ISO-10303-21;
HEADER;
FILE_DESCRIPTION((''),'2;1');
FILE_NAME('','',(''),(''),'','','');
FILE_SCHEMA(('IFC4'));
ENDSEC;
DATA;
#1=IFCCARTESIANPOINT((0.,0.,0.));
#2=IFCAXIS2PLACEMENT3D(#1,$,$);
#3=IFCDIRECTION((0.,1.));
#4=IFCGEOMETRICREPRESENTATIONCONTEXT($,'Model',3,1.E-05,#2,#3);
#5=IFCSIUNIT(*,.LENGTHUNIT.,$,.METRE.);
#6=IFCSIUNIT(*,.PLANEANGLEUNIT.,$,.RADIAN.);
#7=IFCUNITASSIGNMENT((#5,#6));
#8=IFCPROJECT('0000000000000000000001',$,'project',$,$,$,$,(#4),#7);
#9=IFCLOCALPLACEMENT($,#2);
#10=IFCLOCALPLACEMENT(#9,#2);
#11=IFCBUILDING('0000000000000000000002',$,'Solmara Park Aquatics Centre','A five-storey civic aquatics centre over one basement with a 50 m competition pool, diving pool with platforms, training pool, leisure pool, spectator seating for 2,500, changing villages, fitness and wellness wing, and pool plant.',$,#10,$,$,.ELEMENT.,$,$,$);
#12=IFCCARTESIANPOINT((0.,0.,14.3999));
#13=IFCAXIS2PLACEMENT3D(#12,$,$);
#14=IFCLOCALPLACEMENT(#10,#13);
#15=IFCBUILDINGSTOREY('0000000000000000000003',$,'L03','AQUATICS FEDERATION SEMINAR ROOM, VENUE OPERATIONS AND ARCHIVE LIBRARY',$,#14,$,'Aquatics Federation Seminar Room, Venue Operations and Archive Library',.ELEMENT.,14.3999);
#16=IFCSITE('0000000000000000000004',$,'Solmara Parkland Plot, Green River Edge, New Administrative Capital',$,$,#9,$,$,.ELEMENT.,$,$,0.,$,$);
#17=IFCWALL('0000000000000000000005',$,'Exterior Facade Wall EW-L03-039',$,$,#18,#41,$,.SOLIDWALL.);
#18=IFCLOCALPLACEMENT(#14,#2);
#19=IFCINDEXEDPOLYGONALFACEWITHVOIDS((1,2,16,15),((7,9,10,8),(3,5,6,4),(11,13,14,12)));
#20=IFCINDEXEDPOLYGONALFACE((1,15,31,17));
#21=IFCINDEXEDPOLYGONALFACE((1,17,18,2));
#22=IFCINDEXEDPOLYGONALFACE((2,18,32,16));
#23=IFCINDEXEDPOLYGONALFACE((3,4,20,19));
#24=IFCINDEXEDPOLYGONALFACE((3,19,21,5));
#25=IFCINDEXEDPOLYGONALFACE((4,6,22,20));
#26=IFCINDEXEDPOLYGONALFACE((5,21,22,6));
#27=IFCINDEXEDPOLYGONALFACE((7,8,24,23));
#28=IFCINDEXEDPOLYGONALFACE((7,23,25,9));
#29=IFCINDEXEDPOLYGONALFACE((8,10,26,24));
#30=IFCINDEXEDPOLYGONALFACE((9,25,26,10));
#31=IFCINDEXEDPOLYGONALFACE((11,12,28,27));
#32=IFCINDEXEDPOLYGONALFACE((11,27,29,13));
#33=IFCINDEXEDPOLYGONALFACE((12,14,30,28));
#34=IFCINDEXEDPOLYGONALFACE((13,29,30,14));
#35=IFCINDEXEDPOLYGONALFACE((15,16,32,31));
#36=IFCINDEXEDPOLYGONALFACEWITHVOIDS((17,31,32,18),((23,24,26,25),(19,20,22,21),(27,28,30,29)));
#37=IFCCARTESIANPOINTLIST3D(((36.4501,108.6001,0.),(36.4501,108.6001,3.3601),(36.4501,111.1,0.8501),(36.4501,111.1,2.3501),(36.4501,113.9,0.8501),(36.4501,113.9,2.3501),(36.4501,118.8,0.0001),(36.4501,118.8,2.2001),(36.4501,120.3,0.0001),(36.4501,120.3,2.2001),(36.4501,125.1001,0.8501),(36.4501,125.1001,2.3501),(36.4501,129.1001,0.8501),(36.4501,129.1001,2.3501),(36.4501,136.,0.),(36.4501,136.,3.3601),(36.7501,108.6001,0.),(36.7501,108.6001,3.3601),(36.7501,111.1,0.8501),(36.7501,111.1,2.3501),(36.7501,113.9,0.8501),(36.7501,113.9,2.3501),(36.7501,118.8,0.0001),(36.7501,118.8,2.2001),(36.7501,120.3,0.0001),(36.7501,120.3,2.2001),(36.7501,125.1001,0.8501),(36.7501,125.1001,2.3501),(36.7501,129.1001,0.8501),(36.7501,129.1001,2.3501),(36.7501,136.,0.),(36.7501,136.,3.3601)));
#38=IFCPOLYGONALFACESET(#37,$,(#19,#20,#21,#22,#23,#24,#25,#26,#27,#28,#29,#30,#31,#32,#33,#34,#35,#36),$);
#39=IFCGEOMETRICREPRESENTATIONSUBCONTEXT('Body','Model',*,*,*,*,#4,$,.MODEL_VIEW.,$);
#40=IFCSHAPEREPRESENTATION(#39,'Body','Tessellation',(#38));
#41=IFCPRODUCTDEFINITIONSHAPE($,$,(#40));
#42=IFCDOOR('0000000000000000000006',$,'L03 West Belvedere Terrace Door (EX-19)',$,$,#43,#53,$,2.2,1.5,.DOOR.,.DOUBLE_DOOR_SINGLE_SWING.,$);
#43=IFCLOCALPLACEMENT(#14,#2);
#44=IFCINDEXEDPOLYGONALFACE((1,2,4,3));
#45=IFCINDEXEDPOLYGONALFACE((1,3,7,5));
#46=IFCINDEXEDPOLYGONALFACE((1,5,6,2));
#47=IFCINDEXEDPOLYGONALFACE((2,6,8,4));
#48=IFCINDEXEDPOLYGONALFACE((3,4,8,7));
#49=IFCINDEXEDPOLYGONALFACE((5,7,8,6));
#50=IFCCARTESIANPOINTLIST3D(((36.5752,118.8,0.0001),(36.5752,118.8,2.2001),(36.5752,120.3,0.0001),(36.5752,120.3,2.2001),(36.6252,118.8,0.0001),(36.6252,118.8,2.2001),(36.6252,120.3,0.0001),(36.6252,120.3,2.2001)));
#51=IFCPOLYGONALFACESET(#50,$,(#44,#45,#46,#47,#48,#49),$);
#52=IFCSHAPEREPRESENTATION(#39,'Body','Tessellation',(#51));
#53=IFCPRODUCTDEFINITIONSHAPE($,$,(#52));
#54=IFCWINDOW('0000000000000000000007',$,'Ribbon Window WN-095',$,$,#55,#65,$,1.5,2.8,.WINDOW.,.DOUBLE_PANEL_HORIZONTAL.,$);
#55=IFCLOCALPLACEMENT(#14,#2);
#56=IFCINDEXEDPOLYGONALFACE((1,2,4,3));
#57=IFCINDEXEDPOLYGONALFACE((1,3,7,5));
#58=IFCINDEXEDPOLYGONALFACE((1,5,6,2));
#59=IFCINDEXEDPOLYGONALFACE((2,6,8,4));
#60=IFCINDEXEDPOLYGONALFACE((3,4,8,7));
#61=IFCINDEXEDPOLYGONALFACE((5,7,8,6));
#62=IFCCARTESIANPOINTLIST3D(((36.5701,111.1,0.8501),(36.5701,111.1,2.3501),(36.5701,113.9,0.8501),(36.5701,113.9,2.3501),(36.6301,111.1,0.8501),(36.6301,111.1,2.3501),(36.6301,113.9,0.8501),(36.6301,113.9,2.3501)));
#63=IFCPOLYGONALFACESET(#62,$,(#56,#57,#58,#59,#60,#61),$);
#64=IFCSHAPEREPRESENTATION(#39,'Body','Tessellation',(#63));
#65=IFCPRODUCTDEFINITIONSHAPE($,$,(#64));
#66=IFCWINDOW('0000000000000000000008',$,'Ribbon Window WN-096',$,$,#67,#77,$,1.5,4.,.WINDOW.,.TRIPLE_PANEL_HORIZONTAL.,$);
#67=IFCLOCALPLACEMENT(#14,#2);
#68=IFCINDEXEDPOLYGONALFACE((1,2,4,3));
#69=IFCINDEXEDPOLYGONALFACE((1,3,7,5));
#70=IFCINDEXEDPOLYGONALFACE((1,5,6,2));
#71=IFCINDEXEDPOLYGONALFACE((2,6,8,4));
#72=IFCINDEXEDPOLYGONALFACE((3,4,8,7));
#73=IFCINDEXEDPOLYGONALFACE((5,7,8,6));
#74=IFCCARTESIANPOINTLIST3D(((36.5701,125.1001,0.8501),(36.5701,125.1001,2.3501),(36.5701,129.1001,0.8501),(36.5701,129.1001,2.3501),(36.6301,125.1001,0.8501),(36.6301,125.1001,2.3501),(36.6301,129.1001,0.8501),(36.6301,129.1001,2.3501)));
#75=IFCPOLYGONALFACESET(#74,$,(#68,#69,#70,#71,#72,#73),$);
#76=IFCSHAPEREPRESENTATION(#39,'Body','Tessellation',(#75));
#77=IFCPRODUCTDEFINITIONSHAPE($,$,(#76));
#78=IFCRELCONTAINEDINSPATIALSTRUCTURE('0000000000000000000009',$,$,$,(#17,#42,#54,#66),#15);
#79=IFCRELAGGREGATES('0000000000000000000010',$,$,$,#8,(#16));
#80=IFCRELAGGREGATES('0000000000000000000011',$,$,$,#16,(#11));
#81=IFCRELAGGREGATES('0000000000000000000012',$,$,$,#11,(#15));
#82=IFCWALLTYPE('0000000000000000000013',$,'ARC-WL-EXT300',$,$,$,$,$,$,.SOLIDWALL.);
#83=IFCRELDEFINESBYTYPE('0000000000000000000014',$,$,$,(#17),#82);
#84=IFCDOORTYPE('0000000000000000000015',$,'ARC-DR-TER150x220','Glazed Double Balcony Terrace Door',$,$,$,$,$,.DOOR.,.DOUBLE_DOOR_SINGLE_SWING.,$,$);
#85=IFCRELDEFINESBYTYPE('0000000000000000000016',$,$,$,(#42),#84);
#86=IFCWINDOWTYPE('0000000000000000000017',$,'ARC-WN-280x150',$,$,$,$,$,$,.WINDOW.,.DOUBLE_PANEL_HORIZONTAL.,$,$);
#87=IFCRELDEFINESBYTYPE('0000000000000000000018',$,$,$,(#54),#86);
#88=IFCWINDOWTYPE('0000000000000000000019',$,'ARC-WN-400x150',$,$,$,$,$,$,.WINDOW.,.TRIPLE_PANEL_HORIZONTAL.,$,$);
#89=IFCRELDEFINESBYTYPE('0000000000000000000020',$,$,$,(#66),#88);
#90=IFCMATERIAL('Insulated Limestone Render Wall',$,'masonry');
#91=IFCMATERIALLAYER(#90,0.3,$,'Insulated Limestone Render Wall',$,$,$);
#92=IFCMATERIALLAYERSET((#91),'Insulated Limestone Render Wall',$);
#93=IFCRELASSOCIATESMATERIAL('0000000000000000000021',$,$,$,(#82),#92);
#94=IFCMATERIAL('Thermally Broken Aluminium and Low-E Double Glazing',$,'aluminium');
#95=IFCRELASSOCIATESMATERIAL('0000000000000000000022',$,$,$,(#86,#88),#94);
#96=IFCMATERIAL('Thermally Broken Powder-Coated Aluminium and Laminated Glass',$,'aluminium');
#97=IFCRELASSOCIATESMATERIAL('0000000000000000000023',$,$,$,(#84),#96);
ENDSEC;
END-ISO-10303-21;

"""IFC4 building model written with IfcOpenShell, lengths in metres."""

from ifc_helpers import new_model, si_unit, direction, frame, frame_2d, origin, place, context, subcontext, project, spatial, rectangle, extrude, material, layer, layer_set, type_object, element, fill, save


model = new_model("IFC4")

# Units and contexts
model_context = context("Model", 3, precision=1e-05, world=origin(), true_north=direction((0.0, 1.0)))
body_context = subcontext(model_context, "Body", "Model", "MODEL_VIEW")
ifc_project = project(units=[si_unit("LENGTHUNIT", "METRE"), si_unit("PLANEANGLEUNIT", "RADIAN")], contexts=[model_context])

# Site, building, storey
site_placement = place(None, origin())
site = spatial("IfcSite", under=ifc_project, at=site_placement, Name="Solmara Parkland Plot, Green River Edge, New Administrative Capital", CompositionType="ELEMENT", RefElevation=0.0)
building_placement = place(site_placement, origin())
building = spatial("IfcBuilding", under=site, at=building_placement, Name="Solmara Park Aquatics Centre", Description="A five-storey civic aquatics centre over one basement with a 50 m competition pool, diving pool with platforms, training pool, leisure pool, spectator seating for 2,500, changing villages, fitness and wellness wing, and pool plant.", CompositionType="ELEMENT")
storey_placement = place(building_placement, frame((0.0, 0.0, 14.3999)))
storey = spatial("IfcBuildingStorey", under=building, at=storey_placement, Name="L03", Description="AQUATICS FEDERATION SEMINAR ROOM, VENUE OPERATIONS AND ARCHIVE LIBRARY", LongName="Aquatics Federation Seminar Room, Venue Operations and Archive Library", CompositionType="ELEMENT", Elevation=14.3999)

# Shared definitions
ifc_material_1 = material(Name="Insulated Limestone Render Wall", Category="masonry")
ifc_layer_1 = layer(ifc_material_1, 0.3, Name="Insulated Limestone Render Wall")
ifc_layer_set_1 = layer_set([ifc_layer_1], Name="Insulated Limestone Render Wall")
wall_type = type_object("IfcWallType", Name="ARC-WL-EXT300", PredefinedType="SOLIDWALL", material=ifc_layer_set_1)
ifc_material_2 = material(Name="Thermally Broken Aluminium and Low-E Double Glazing", Category="aluminium")
window_type_1 = type_object("IfcWindowType", Name="ARC-WN-280x150", PartitioningType="DOUBLE_PANEL_HORIZONTAL", PredefinedType="WINDOW", material=ifc_material_2)

# Wall, openings, door, windows
wall_1_placement = place(storey_placement, frame((36.6001, 108.6001, 0.0), z_axis=(0.0, 0.0, 1.0), x_axis=(0.0, 1.0, 0.0)))
wall_1 = element("IfcWall", 1, at=wall_1_placement, inside=storey, type_object=wall_type, Name="Exterior Facade Wall EW-L03-039", PredefinedType="SOLIDWALL", context=body_context, shape_type="SweptSolid", body=[
    extrude(rectangle(XDim=27.3999, YDim=0.3, at=frame_2d((13.7, 0.0))), origin(), (0.0, 0.0, 1.0), 3.3601),
])
opening_1_placement = place(wall_1_placement, frame((10.2, 0.0, 0.0)))
opening_1 = element("IfcOpeningElement", 2, at=opening_1_placement, cuts=wall_1, PredefinedType="OPENING", context=body_context, shape_type="SweptSolid", body=[
    extrude(rectangle(XDim=1.5, YDim=2.2, at=frame_2d((0.75, 1.1001))), frame((0.0, 0.1599, 0.0), z_axis=(0.0, -1.0, 0.0), x_axis=(1.0, 0.0, 0.0)), (0.0, 0.0, 1.0), 0.3201),
])
opening_2_placement = place(wall_1_placement, frame((2.5, 0.0, 0.8501)))
opening_2 = element("IfcOpeningElement", 3, at=opening_2_placement, cuts=wall_1, PredefinedType="OPENING", context=body_context, shape_type="SweptSolid", body=[
    extrude(rectangle(XDim=2.8, YDim=1.5, at=frame_2d((1.3999, 0.75))), frame((0.0, 0.1599, 0.0), z_axis=(0.0, -1.0, 0.0), x_axis=(1.0, 0.0, 0.0)), (0.0, 0.0, 1.0), 0.3201),
])
opening_3_placement = place(wall_1_placement, frame((16.5, 0.0, 0.8501)))
opening_3 = element("IfcOpeningElement", 4, at=opening_3_placement, cuts=wall_1, PredefinedType="OPENING", context=body_context, shape_type="SweptSolid", body=[
    extrude(rectangle(XDim=4.0, YDim=1.5, at=frame_2d((2.0, 0.75))), frame((0.0, 0.1599, 0.0), z_axis=(0.0, -1.0, 0.0), x_axis=(1.0, 0.0, 0.0)), (0.0, 0.0, 1.0), 0.3201),
])
ifc_material_3 = material(Name="Thermally Broken Powder-Coated Aluminium and Laminated Glass", Category="aluminium")
door_type = type_object("IfcDoorType", Name="ARC-DR-TER150x220", Description="Glazed Double Balcony Terrace Door", OperationType="DOUBLE_DOOR_SINGLE_SWING", PredefinedType="DOOR", material=ifc_material_3)
door_placement = place(opening_1_placement, origin())
door = element("IfcDoor", 5, at=door_placement, inside=storey, type_object=door_type, Name="L03 West Belvedere Terrace Door (EX-19)", OperationType="DOUBLE_DOOR_SINGLE_SWING", OverallHeight=2.2, OverallWidth=1.5, PredefinedType="DOOR", context=body_context, shape_type="SweptSolid", body=[
    extrude(rectangle(XDim=1.5, YDim=2.2, at=frame_2d((0.75, 1.1001))), frame((0.0, 0.0249, 0.0), z_axis=(0.0, -1.0, 0.0), x_axis=(1.0, 0.0, 0.0)), (0.0, 0.0, 1.0), 0.05),
])
fill(opening_1, door)
window_1_placement = place(opening_2_placement, origin())
window_1 = element("IfcWindow", 6, at=window_1_placement, inside=storey, type_object=window_type_1, Name="Ribbon Window WN-095", OverallHeight=1.5, OverallWidth=2.8, PartitioningType="DOUBLE_PANEL_HORIZONTAL", PredefinedType="WINDOW", context=body_context, shape_type="SweptSolid", body=[
    extrude(rectangle(XDim=2.8, YDim=1.5, at=frame_2d((1.3999, 0.75))), frame((0.0, 0.03, 0.0), z_axis=(0.0, -1.0, 0.0), x_axis=(1.0, 0.0, 0.0)), (0.0, 0.0, 1.0), 0.0601),
])
fill(opening_2, window_1)
window_type_2 = type_object("IfcWindowType", Name="ARC-WN-400x150", PartitioningType="TRIPLE_PANEL_HORIZONTAL", PredefinedType="WINDOW", material=ifc_material_2)
window_2_placement = place(opening_3_placement, origin())
window_2 = element("IfcWindow", 7, at=window_2_placement, inside=storey, type_object=window_type_2, Name="Ribbon Window WN-096", OverallHeight=1.5, OverallWidth=4.0, PartitioningType="TRIPLE_PANEL_HORIZONTAL", PredefinedType="WINDOW", context=body_context, shape_type="SweptSolid", body=[
    extrude(rectangle(XDim=4.0, YDim=1.5, at=frame_2d((2.0, 0.75))), frame((0.0, 0.03, 0.0), z_axis=(0.0, -1.0, 0.0), x_axis=(1.0, 0.0, 0.0)), (0.0, 0.0, 1.0), 0.0601),
])
fill(opening_3, window_2)

save(model, "model.ifc")
